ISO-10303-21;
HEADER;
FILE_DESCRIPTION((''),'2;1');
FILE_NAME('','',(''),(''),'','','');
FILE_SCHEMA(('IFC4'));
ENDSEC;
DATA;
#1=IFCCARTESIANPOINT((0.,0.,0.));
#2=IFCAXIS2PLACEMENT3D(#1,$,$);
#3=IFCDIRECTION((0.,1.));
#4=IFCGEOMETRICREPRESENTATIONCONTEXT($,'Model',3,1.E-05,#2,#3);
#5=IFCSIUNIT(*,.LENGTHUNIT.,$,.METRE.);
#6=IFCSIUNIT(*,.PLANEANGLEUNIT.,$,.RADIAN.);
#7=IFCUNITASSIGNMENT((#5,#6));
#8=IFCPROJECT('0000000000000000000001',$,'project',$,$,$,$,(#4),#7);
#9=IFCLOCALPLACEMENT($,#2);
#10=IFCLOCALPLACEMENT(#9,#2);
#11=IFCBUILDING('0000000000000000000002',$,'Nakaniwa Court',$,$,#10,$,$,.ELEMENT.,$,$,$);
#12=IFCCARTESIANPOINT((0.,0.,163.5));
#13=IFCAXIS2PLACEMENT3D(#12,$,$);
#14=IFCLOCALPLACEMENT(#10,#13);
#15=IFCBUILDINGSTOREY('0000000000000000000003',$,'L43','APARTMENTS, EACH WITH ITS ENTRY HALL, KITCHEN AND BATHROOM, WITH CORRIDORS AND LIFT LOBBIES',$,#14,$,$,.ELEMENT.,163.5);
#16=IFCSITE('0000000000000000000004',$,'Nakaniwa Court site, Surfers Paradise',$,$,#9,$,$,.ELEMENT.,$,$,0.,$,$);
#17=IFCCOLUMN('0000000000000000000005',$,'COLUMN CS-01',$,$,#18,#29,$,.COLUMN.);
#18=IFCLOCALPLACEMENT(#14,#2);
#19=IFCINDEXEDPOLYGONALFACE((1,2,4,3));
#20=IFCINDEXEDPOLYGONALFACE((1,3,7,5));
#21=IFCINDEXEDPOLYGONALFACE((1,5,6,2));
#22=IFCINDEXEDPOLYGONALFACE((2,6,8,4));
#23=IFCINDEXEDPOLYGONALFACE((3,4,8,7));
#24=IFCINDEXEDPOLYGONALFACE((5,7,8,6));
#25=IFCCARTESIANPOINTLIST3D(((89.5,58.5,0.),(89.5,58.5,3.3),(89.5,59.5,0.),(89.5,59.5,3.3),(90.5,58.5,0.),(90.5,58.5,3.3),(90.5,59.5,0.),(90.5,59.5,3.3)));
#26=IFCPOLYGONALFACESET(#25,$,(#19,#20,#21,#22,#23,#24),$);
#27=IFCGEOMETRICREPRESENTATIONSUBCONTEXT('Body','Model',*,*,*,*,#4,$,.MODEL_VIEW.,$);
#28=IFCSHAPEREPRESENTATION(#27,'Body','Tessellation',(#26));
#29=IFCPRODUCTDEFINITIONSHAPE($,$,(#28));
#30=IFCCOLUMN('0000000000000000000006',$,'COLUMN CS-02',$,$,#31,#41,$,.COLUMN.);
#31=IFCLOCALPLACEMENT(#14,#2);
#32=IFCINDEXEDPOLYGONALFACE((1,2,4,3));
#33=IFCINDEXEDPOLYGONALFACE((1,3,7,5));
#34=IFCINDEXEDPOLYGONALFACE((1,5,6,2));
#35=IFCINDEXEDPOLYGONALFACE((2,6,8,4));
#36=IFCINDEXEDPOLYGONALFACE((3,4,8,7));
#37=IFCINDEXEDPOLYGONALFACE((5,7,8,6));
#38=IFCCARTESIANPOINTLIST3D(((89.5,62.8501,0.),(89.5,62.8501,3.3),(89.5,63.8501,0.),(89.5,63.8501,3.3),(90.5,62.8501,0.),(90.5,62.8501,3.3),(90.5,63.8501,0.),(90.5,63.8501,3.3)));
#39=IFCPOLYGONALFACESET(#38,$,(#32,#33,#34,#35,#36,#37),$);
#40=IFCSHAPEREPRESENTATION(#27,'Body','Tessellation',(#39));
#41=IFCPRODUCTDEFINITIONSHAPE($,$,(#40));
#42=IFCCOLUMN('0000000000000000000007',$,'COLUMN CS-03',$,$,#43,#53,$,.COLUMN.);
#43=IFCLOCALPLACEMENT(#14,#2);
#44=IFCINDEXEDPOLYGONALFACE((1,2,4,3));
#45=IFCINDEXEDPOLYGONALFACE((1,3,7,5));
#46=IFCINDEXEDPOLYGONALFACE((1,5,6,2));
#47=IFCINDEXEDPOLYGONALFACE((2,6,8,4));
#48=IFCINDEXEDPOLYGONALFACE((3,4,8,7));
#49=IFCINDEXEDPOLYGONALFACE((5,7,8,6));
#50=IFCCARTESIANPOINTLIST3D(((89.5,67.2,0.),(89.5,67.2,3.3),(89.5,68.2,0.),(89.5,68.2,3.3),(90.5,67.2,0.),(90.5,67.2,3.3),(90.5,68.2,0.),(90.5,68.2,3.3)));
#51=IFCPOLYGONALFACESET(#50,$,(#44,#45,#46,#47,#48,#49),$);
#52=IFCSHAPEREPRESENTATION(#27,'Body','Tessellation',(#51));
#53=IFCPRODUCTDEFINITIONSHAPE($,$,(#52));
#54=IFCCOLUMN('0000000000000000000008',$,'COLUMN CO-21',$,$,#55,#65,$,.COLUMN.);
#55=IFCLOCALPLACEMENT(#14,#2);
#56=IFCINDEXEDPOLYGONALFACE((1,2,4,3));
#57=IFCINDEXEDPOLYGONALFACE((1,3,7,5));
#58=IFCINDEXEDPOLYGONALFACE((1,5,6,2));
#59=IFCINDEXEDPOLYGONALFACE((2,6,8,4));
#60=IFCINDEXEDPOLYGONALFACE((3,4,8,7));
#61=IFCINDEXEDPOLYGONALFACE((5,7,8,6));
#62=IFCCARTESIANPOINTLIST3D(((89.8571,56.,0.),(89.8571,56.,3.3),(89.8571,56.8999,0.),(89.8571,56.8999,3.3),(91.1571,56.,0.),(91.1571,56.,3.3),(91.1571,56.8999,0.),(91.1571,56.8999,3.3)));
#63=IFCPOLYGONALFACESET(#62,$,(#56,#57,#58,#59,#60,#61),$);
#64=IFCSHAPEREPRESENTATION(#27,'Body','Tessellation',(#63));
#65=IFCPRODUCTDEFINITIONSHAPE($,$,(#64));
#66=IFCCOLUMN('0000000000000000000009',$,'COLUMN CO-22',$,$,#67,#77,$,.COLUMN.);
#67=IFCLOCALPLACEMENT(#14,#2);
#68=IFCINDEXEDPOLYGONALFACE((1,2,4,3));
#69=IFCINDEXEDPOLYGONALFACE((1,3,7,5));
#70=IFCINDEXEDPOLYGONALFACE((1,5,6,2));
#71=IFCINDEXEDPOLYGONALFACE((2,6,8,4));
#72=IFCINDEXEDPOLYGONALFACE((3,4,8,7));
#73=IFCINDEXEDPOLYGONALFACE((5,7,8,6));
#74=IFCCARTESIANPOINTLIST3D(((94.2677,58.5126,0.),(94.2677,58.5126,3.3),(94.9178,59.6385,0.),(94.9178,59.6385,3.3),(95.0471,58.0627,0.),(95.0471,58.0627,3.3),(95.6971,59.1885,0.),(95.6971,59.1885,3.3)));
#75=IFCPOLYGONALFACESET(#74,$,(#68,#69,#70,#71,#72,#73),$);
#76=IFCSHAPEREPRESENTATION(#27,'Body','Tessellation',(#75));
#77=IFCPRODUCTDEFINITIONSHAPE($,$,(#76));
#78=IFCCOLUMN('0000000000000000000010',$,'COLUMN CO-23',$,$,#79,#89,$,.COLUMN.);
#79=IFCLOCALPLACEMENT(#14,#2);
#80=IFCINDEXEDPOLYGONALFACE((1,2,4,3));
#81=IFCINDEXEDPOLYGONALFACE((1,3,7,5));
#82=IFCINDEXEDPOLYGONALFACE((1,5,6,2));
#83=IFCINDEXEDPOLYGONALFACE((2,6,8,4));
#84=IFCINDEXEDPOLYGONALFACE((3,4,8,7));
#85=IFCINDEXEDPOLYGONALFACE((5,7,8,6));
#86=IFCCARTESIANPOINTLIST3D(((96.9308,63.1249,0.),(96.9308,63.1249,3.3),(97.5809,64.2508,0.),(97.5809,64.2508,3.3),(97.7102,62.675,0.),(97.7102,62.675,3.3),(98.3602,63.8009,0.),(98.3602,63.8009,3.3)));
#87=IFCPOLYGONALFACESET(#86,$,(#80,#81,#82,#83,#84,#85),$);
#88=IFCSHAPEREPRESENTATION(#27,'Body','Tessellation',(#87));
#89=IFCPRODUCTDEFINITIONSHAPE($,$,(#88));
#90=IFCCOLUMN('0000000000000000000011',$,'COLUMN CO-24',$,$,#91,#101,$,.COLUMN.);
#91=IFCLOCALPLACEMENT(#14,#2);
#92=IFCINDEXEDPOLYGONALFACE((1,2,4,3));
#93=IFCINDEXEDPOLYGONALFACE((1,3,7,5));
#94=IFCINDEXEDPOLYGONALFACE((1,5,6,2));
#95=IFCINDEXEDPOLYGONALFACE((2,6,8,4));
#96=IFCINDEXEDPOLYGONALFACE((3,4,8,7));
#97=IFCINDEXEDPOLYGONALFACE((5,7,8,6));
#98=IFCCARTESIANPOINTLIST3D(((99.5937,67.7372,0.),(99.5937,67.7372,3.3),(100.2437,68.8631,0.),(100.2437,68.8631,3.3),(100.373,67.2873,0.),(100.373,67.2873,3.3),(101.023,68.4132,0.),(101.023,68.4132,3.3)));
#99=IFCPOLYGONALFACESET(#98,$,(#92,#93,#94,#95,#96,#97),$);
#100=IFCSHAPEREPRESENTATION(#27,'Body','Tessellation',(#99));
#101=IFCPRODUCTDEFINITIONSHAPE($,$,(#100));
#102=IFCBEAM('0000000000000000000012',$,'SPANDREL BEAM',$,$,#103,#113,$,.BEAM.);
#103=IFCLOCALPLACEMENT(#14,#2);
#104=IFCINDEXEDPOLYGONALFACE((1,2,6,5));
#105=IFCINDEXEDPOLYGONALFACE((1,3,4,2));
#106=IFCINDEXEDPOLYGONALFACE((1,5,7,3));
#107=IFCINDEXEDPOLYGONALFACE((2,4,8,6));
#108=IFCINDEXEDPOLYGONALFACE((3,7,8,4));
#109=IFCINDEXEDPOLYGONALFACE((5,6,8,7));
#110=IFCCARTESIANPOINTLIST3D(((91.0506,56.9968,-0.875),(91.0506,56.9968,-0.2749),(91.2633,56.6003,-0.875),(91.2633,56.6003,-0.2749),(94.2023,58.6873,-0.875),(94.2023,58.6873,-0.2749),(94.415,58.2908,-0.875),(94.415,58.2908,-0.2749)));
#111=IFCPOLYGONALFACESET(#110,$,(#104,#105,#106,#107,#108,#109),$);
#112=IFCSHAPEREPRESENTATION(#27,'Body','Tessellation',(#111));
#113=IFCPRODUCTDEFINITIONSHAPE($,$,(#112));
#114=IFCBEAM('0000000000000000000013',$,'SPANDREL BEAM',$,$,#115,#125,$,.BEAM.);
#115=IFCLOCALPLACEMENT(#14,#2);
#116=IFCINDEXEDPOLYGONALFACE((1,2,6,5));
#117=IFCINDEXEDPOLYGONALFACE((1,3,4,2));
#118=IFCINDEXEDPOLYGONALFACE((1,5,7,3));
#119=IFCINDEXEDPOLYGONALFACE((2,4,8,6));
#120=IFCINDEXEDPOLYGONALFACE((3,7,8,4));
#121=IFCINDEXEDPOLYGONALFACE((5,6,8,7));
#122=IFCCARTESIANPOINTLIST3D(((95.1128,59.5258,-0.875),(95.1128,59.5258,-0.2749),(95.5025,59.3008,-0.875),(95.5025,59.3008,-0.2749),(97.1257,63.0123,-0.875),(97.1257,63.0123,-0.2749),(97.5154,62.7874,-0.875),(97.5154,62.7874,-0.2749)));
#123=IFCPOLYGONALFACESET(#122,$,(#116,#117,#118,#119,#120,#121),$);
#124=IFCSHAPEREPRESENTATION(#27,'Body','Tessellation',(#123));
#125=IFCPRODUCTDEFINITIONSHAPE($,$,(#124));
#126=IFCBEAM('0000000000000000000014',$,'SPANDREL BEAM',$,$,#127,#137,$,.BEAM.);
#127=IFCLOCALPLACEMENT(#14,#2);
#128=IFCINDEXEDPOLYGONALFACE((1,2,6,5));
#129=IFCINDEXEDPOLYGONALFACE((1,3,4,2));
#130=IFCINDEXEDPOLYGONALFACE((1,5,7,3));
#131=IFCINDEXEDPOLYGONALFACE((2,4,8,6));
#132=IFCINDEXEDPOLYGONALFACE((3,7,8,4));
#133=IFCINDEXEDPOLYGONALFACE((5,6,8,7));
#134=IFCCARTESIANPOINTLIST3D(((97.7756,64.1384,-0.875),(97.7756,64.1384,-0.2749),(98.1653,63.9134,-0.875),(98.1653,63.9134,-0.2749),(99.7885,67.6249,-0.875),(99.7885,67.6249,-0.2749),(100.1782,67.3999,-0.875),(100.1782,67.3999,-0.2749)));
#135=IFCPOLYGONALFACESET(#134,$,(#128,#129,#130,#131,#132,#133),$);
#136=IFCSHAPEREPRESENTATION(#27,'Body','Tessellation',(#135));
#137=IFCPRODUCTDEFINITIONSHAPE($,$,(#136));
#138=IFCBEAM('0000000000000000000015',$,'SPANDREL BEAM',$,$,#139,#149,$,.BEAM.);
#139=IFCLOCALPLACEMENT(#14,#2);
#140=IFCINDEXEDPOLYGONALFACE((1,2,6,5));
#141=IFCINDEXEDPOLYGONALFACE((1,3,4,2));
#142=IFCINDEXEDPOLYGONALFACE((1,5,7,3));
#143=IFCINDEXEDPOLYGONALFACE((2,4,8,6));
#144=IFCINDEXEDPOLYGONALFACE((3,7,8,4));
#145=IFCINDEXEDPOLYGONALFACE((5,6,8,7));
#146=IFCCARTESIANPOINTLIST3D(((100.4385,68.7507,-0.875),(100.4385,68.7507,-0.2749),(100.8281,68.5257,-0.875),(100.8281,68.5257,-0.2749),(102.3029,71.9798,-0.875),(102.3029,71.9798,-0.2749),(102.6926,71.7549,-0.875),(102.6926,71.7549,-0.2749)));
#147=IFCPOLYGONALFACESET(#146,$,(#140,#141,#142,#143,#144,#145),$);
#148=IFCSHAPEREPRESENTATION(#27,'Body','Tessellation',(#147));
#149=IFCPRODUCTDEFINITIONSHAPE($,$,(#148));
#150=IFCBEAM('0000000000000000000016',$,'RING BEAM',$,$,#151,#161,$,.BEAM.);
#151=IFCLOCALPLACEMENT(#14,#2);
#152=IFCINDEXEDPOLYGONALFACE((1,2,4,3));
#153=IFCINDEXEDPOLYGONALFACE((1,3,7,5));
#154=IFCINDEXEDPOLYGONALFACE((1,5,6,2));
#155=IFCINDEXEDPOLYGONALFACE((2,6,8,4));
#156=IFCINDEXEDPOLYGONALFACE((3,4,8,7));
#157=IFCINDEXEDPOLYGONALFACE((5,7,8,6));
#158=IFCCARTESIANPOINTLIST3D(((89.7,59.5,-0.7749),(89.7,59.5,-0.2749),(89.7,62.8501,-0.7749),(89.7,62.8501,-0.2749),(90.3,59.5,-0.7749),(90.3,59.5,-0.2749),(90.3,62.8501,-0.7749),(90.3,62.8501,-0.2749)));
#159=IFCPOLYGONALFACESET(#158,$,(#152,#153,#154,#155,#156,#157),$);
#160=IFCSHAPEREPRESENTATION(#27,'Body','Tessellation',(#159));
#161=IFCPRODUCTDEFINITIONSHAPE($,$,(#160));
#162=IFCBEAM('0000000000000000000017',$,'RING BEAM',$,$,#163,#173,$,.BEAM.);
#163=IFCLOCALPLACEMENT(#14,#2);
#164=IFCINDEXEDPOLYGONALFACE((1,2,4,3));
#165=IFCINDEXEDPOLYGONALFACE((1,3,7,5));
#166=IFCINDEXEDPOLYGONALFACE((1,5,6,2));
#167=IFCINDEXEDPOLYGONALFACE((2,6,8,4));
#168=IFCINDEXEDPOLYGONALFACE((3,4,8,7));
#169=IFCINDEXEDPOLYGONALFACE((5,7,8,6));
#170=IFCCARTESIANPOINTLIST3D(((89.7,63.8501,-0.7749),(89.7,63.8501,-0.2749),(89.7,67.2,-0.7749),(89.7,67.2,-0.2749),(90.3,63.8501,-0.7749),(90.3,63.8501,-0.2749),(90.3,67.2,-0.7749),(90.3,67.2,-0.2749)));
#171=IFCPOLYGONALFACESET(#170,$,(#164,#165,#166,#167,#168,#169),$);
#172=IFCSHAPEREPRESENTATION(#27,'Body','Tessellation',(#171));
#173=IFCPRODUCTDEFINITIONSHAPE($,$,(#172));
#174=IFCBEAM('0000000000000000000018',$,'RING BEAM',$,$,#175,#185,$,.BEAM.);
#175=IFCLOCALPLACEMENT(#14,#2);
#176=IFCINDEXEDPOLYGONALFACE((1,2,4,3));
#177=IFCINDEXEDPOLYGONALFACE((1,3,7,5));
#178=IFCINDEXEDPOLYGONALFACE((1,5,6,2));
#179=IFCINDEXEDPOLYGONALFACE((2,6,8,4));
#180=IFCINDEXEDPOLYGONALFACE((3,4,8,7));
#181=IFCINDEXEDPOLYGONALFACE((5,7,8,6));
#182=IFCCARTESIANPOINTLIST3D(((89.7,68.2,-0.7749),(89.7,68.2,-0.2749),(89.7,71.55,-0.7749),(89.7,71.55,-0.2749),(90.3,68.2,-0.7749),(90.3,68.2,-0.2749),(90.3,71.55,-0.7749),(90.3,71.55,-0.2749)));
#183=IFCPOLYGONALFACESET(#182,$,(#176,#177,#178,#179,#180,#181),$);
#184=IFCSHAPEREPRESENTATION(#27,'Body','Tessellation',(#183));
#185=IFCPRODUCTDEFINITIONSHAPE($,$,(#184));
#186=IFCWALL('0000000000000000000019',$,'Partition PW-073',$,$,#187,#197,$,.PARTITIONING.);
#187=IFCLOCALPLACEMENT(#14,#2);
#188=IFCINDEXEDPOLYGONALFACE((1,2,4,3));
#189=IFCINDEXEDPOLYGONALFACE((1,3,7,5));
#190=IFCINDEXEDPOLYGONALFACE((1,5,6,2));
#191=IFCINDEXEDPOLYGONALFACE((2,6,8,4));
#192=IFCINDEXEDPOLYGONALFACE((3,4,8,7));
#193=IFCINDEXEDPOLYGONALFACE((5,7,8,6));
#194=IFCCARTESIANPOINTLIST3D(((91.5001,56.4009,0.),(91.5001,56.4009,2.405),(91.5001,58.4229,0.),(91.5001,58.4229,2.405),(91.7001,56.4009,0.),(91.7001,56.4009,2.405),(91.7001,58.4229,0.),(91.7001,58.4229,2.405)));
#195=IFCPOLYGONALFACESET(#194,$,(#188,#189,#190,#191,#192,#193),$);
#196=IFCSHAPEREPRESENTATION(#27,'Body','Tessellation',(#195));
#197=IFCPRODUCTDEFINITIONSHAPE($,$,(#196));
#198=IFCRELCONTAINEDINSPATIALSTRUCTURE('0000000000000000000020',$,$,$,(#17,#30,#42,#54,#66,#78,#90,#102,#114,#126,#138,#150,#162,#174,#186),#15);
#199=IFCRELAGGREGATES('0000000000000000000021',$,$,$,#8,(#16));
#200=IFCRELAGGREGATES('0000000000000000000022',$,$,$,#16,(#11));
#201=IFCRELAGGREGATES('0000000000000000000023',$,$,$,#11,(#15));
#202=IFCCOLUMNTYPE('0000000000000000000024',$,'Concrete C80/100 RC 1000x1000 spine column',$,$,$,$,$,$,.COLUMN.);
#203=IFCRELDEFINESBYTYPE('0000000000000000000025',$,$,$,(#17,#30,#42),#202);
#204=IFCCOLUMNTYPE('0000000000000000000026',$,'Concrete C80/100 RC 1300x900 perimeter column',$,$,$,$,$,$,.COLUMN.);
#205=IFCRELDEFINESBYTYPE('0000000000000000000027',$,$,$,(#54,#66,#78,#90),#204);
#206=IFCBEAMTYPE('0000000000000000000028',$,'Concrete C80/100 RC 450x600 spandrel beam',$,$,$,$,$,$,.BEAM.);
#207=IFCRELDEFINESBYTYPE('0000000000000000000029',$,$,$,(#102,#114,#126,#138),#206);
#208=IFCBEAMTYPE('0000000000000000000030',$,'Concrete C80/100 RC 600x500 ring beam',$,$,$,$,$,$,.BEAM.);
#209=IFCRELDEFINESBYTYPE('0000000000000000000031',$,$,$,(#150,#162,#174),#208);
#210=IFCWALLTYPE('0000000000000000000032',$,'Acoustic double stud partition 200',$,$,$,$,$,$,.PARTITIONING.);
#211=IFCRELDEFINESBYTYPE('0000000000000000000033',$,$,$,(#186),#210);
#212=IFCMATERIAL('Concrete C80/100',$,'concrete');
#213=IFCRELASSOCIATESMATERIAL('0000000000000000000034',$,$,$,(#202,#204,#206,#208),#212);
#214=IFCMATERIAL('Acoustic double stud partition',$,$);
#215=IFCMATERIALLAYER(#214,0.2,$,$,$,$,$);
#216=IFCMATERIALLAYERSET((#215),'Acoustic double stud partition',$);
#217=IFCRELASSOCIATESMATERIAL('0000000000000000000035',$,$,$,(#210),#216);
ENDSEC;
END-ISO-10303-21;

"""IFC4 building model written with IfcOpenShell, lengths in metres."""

from ifc_helpers import new_model, si_unit, direction, frame, frame_2d, origin, origin_2d, place, context, subcontext, project, spatial, rectangle, extrude, material, layer, layer_set, material_profile, profile_set, type_object, element, save


model = new_model("IFC4")

# Units and contexts
model_context = context("Model", 3, precision=1e-05, world=origin(), true_north=direction((0.0, 1.0)))
body_context = subcontext(model_context, "Body", "Model", "MODEL_VIEW")
ifc_project = project(units=[si_unit("LENGTHUNIT", "METRE"), si_unit("PLANEANGLEUNIT", "RADIAN")], contexts=[model_context])

# Site, building, storey
site_placement = place(None, origin())
site = spatial("IfcSite", under=ifc_project, at=site_placement, Name="Nakaniwa Court site, Surfers Paradise", CompositionType="ELEMENT", RefElevation=0.0)
building_placement = place(site_placement, origin())
building = spatial("IfcBuilding", under=site, at=building_placement, Name="Nakaniwa Court", CompositionType="ELEMENT")
storey_placement = place(building_placement, frame((0.0, 0.0, 163.5)))
storey = spatial("IfcBuildingStorey", under=building, at=storey_placement, Name="L43", Description="APARTMENTS, EACH WITH ITS ENTRY HALL, KITCHEN AND BATHROOM, WITH CORRIDORS AND LIFT LOBBIES", CompositionType="ELEMENT", Elevation=163.5)

# Columns
ifc_material_1 = material(Name="Concrete C80/100", Category="concrete")
ifc_material_profile_1 = material_profile(ifc_material_1, rectangle(XDim=1.0, YDim=1.0, at=origin_2d()), Name="Concrete C80/100 RC 1000x1000 spine column")
ifc_profile_set_1 = profile_set([ifc_material_profile_1], Name="Concrete C80/100")
column_type_1 = type_object("IfcColumnType", Name="Concrete C80/100 RC 1000x1000 spine column", PredefinedType="COLUMN", material=ifc_profile_set_1)
for number, where, z_axis, x_axis, name in (
    (1, (90.0, 59.0, 0.0), (0.0, 0.0, 1.0), (0.0, 1.0, 0.0), "COLUMN CS-01"),
    (2, (90.0, 63.3501, 0.0), (0.0, 0.0, 1.0), (0.0, 1.0, 0.0), "COLUMN CS-02"),
    (3, (90.0, 67.7, 0.0), (0.0, 0.0, 1.0), (0.0, 1.0, 0.0), "COLUMN CS-03"),
):
    element("IfcColumn", number, at=place(storey_placement, frame(where, z_axis=z_axis, x_axis=x_axis)), inside=storey, type_object=column_type_1, Name=name, PredefinedType="COLUMN", context=body_context, shape_type="SweptSolid", body=[
        extrude(rectangle(XDim=1.0, YDim=1.0, at=origin_2d()), origin(), (0.0, 0.0, 1.0), 3.3),
    ])
ifc_material_profile_2 = material_profile(ifc_material_1, rectangle(XDim=1.3, YDim=0.8999, at=origin_2d()), Name="Concrete C80/100 RC 1300x900 perimeter column")
ifc_profile_set_2 = profile_set([ifc_material_profile_2], Name="Concrete C80/100")
column_type_2 = type_object("IfcColumnType", Name="Concrete C80/100 RC 1300x900 perimeter column", PredefinedType="COLUMN", material=ifc_profile_set_2)
for number, where, z_axis, x_axis, name in (
    (4, (90.5071, 56.45, 0.0), (0.0, 0.0, 1.0), (1.0, 0.0, 0.0), "COLUMN CO-21"),
    (5, (94.9824, 58.8506, 0.0), (0.0, 0.0, 1.0), (0.5, 0.866025, 0.0), "COLUMN CO-22"),
    (6, (97.6455, 63.4629, 0.0), (0.0, 0.0, 1.0), (0.5, 0.866025, 0.0), "COLUMN CO-23"),
    (7, (100.3083, 68.0752, 0.0), (0.0, 0.0, 1.0), (0.5, 0.866025, 0.0), "COLUMN CO-24"),
):
    element("IfcColumn", number, at=place(storey_placement, frame(where, z_axis=z_axis, x_axis=x_axis)), inside=storey, type_object=column_type_2, Name=name, PredefinedType="COLUMN", context=body_context, shape_type="SweptSolid", body=[
        extrude(rectangle(XDim=1.3, YDim=0.8999, at=origin_2d()), origin(), (0.0, 0.0, 1.0), 3.3),
    ])

# Beams
ifc_material_profile_3 = material_profile(ifc_material_1, rectangle(XDim=0.45, YDim=0.6001, at=origin_2d()), Name="Concrete C80/100 RC 450x600 spandrel beam")
ifc_profile_set_3 = profile_set([ifc_material_profile_3], Name="Concrete C80/100")
beam_type_1 = type_object("IfcBeamType", Name="Concrete C80/100 RC 450x600 spandrel beam", PredefinedType="BEAM", material=ifc_profile_set_3)
beam_1_placement = place(storey_placement, frame((91.157, 56.7986, -0.575), z_axis=(0.881239, 0.47267, 0.0), x_axis=(-0.47267, 0.881239, 0.0)))
element("IfcBeam", 8, at=beam_1_placement, inside=storey, type_object=beam_type_1, Name="SPANDREL BEAM", PredefinedType="BEAM", context=body_context, shape_type="SweptSolid", body=[
    extrude(rectangle(XDim=0.45, YDim=0.6001, at=origin_2d()), origin(), (0.0, 0.0, 1.0), 3.5764),
])
for number, where, z_axis, x_axis, name in (
    (9, (95.3076, 59.4133, -0.575), (0.499994, 0.866029, 0.0), (-0.866029, 0.499994, 0.0), "SPANDREL BEAM"),
    (10, (97.9705, 64.0259, -0.575), (0.499994, 0.866029, 0.0), (-0.866029, 0.499994, 0.0), "SPANDREL BEAM"),
):
    element("IfcBeam", number, at=place(storey_placement, frame(where, z_axis=z_axis, x_axis=x_axis)), inside=storey, type_object=beam_type_1, Name=name, PredefinedType="BEAM", context=body_context, shape_type="SweptSolid", body=[
        extrude(rectangle(XDim=0.45, YDim=0.6001, at=origin_2d()), origin(), (0.0, 0.0, 1.0), 4.0259),
    ])
beam_2_placement = place(storey_placement, frame((100.6333, 68.6382, -0.575), z_axis=(0.500019, 0.866014, 0.0), x_axis=(-0.866014, 0.500019, 0.0)))
element("IfcBeam", 11, at=beam_2_placement, inside=storey, type_object=beam_type_1, Name="SPANDREL BEAM", PredefinedType="BEAM", context=body_context, shape_type="SweptSolid", body=[
    extrude(rectangle(XDim=0.45, YDim=0.6001, at=origin_2d()), origin(), (0.0, 0.0, 1.0), 3.7288),
])
ifc_material_profile_4 = material_profile(ifc_material_1, rectangle(XDim=0.6001, YDim=0.5, at=origin_2d()), Name="Concrete C80/100 RC 600x500 ring beam")
ifc_profile_set_4 = profile_set([ifc_material_profile_4], Name="Concrete C80/100")
beam_type_2 = type_object("IfcBeamType", Name="Concrete C80/100 RC 600x500 ring beam", PredefinedType="BEAM", material=ifc_profile_set_4)
beam_3_placement = place(storey_placement, frame((90.0, 59.5, -0.5249), z_axis=(0.0, 1.0, 0.0), x_axis=(-1.0, 0.0, 0.0)))
element("IfcBeam", 12, at=beam_3_placement, inside=storey, type_object=beam_type_2, Name="RING BEAM", PredefinedType="BEAM", context=body_context, shape_type="SweptSolid", body=[
    extrude(rectangle(XDim=0.6001, YDim=0.5, at=origin_2d()), origin(), (0.0, 0.0, 1.0), 3.3501),
])
beam_4_placement = place(storey_placement, frame((90.0, 63.8501, -0.5249), z_axis=(0.0, 1.0, 0.0), x_axis=(-1.0, 0.0, 0.0)))
element("IfcBeam", 13, at=beam_4_placement, inside=storey, type_object=beam_type_2, Name="RING BEAM", PredefinedType="BEAM", context=body_context, shape_type="SweptSolid", body=[
    extrude(rectangle(XDim=0.6001, YDim=0.5, at=origin_2d()), origin(), (0.0, 0.0, 1.0), 3.3499),
])
beam_5_placement = place(storey_placement, frame((90.0, 68.2, -0.5249), z_axis=(0.0, 1.0, 0.0), x_axis=(-1.0, 0.0, 0.0)))
element("IfcBeam", 14, at=beam_5_placement, inside=storey, type_object=beam_type_2, Name="RING BEAM", PredefinedType="BEAM", context=body_context, shape_type="SweptSolid", body=[
    extrude(rectangle(XDim=0.6001, YDim=0.5, at=origin_2d()), origin(), (0.0, 0.0, 1.0), 3.3501),
])

# Wall
ifc_material_2 = material(Name="Acoustic double stud partition")
ifc_layer_1 = layer(ifc_material_2, 0.2)
ifc_layer_set_1 = layer_set([ifc_layer_1], Name="Acoustic double stud partition")
wall_type_1 = type_object("IfcWallType", Name="Acoustic double stud partition 200", PredefinedType="PARTITIONING", material=ifc_layer_set_1)
wall_1_placement = place(storey_placement, frame((91.6001, 56.4009, 0.0), z_axis=(0.0, 0.0, 1.0), x_axis=(0.0, 1.0, 0.0)))
element("IfcWall", 15, at=wall_1_placement, inside=storey, type_object=wall_type_1, Name="Partition PW-073", PredefinedType="PARTITIONING", context=body_context, shape_type="SweptSolid", body=[
    extrude(rectangle(XDim=2.022, YDim=0.2, at=frame_2d((1.011, 0.0))), origin(), (0.0, 0.0, 1.0), 2.405),
])

save(model, "model.ifc")
